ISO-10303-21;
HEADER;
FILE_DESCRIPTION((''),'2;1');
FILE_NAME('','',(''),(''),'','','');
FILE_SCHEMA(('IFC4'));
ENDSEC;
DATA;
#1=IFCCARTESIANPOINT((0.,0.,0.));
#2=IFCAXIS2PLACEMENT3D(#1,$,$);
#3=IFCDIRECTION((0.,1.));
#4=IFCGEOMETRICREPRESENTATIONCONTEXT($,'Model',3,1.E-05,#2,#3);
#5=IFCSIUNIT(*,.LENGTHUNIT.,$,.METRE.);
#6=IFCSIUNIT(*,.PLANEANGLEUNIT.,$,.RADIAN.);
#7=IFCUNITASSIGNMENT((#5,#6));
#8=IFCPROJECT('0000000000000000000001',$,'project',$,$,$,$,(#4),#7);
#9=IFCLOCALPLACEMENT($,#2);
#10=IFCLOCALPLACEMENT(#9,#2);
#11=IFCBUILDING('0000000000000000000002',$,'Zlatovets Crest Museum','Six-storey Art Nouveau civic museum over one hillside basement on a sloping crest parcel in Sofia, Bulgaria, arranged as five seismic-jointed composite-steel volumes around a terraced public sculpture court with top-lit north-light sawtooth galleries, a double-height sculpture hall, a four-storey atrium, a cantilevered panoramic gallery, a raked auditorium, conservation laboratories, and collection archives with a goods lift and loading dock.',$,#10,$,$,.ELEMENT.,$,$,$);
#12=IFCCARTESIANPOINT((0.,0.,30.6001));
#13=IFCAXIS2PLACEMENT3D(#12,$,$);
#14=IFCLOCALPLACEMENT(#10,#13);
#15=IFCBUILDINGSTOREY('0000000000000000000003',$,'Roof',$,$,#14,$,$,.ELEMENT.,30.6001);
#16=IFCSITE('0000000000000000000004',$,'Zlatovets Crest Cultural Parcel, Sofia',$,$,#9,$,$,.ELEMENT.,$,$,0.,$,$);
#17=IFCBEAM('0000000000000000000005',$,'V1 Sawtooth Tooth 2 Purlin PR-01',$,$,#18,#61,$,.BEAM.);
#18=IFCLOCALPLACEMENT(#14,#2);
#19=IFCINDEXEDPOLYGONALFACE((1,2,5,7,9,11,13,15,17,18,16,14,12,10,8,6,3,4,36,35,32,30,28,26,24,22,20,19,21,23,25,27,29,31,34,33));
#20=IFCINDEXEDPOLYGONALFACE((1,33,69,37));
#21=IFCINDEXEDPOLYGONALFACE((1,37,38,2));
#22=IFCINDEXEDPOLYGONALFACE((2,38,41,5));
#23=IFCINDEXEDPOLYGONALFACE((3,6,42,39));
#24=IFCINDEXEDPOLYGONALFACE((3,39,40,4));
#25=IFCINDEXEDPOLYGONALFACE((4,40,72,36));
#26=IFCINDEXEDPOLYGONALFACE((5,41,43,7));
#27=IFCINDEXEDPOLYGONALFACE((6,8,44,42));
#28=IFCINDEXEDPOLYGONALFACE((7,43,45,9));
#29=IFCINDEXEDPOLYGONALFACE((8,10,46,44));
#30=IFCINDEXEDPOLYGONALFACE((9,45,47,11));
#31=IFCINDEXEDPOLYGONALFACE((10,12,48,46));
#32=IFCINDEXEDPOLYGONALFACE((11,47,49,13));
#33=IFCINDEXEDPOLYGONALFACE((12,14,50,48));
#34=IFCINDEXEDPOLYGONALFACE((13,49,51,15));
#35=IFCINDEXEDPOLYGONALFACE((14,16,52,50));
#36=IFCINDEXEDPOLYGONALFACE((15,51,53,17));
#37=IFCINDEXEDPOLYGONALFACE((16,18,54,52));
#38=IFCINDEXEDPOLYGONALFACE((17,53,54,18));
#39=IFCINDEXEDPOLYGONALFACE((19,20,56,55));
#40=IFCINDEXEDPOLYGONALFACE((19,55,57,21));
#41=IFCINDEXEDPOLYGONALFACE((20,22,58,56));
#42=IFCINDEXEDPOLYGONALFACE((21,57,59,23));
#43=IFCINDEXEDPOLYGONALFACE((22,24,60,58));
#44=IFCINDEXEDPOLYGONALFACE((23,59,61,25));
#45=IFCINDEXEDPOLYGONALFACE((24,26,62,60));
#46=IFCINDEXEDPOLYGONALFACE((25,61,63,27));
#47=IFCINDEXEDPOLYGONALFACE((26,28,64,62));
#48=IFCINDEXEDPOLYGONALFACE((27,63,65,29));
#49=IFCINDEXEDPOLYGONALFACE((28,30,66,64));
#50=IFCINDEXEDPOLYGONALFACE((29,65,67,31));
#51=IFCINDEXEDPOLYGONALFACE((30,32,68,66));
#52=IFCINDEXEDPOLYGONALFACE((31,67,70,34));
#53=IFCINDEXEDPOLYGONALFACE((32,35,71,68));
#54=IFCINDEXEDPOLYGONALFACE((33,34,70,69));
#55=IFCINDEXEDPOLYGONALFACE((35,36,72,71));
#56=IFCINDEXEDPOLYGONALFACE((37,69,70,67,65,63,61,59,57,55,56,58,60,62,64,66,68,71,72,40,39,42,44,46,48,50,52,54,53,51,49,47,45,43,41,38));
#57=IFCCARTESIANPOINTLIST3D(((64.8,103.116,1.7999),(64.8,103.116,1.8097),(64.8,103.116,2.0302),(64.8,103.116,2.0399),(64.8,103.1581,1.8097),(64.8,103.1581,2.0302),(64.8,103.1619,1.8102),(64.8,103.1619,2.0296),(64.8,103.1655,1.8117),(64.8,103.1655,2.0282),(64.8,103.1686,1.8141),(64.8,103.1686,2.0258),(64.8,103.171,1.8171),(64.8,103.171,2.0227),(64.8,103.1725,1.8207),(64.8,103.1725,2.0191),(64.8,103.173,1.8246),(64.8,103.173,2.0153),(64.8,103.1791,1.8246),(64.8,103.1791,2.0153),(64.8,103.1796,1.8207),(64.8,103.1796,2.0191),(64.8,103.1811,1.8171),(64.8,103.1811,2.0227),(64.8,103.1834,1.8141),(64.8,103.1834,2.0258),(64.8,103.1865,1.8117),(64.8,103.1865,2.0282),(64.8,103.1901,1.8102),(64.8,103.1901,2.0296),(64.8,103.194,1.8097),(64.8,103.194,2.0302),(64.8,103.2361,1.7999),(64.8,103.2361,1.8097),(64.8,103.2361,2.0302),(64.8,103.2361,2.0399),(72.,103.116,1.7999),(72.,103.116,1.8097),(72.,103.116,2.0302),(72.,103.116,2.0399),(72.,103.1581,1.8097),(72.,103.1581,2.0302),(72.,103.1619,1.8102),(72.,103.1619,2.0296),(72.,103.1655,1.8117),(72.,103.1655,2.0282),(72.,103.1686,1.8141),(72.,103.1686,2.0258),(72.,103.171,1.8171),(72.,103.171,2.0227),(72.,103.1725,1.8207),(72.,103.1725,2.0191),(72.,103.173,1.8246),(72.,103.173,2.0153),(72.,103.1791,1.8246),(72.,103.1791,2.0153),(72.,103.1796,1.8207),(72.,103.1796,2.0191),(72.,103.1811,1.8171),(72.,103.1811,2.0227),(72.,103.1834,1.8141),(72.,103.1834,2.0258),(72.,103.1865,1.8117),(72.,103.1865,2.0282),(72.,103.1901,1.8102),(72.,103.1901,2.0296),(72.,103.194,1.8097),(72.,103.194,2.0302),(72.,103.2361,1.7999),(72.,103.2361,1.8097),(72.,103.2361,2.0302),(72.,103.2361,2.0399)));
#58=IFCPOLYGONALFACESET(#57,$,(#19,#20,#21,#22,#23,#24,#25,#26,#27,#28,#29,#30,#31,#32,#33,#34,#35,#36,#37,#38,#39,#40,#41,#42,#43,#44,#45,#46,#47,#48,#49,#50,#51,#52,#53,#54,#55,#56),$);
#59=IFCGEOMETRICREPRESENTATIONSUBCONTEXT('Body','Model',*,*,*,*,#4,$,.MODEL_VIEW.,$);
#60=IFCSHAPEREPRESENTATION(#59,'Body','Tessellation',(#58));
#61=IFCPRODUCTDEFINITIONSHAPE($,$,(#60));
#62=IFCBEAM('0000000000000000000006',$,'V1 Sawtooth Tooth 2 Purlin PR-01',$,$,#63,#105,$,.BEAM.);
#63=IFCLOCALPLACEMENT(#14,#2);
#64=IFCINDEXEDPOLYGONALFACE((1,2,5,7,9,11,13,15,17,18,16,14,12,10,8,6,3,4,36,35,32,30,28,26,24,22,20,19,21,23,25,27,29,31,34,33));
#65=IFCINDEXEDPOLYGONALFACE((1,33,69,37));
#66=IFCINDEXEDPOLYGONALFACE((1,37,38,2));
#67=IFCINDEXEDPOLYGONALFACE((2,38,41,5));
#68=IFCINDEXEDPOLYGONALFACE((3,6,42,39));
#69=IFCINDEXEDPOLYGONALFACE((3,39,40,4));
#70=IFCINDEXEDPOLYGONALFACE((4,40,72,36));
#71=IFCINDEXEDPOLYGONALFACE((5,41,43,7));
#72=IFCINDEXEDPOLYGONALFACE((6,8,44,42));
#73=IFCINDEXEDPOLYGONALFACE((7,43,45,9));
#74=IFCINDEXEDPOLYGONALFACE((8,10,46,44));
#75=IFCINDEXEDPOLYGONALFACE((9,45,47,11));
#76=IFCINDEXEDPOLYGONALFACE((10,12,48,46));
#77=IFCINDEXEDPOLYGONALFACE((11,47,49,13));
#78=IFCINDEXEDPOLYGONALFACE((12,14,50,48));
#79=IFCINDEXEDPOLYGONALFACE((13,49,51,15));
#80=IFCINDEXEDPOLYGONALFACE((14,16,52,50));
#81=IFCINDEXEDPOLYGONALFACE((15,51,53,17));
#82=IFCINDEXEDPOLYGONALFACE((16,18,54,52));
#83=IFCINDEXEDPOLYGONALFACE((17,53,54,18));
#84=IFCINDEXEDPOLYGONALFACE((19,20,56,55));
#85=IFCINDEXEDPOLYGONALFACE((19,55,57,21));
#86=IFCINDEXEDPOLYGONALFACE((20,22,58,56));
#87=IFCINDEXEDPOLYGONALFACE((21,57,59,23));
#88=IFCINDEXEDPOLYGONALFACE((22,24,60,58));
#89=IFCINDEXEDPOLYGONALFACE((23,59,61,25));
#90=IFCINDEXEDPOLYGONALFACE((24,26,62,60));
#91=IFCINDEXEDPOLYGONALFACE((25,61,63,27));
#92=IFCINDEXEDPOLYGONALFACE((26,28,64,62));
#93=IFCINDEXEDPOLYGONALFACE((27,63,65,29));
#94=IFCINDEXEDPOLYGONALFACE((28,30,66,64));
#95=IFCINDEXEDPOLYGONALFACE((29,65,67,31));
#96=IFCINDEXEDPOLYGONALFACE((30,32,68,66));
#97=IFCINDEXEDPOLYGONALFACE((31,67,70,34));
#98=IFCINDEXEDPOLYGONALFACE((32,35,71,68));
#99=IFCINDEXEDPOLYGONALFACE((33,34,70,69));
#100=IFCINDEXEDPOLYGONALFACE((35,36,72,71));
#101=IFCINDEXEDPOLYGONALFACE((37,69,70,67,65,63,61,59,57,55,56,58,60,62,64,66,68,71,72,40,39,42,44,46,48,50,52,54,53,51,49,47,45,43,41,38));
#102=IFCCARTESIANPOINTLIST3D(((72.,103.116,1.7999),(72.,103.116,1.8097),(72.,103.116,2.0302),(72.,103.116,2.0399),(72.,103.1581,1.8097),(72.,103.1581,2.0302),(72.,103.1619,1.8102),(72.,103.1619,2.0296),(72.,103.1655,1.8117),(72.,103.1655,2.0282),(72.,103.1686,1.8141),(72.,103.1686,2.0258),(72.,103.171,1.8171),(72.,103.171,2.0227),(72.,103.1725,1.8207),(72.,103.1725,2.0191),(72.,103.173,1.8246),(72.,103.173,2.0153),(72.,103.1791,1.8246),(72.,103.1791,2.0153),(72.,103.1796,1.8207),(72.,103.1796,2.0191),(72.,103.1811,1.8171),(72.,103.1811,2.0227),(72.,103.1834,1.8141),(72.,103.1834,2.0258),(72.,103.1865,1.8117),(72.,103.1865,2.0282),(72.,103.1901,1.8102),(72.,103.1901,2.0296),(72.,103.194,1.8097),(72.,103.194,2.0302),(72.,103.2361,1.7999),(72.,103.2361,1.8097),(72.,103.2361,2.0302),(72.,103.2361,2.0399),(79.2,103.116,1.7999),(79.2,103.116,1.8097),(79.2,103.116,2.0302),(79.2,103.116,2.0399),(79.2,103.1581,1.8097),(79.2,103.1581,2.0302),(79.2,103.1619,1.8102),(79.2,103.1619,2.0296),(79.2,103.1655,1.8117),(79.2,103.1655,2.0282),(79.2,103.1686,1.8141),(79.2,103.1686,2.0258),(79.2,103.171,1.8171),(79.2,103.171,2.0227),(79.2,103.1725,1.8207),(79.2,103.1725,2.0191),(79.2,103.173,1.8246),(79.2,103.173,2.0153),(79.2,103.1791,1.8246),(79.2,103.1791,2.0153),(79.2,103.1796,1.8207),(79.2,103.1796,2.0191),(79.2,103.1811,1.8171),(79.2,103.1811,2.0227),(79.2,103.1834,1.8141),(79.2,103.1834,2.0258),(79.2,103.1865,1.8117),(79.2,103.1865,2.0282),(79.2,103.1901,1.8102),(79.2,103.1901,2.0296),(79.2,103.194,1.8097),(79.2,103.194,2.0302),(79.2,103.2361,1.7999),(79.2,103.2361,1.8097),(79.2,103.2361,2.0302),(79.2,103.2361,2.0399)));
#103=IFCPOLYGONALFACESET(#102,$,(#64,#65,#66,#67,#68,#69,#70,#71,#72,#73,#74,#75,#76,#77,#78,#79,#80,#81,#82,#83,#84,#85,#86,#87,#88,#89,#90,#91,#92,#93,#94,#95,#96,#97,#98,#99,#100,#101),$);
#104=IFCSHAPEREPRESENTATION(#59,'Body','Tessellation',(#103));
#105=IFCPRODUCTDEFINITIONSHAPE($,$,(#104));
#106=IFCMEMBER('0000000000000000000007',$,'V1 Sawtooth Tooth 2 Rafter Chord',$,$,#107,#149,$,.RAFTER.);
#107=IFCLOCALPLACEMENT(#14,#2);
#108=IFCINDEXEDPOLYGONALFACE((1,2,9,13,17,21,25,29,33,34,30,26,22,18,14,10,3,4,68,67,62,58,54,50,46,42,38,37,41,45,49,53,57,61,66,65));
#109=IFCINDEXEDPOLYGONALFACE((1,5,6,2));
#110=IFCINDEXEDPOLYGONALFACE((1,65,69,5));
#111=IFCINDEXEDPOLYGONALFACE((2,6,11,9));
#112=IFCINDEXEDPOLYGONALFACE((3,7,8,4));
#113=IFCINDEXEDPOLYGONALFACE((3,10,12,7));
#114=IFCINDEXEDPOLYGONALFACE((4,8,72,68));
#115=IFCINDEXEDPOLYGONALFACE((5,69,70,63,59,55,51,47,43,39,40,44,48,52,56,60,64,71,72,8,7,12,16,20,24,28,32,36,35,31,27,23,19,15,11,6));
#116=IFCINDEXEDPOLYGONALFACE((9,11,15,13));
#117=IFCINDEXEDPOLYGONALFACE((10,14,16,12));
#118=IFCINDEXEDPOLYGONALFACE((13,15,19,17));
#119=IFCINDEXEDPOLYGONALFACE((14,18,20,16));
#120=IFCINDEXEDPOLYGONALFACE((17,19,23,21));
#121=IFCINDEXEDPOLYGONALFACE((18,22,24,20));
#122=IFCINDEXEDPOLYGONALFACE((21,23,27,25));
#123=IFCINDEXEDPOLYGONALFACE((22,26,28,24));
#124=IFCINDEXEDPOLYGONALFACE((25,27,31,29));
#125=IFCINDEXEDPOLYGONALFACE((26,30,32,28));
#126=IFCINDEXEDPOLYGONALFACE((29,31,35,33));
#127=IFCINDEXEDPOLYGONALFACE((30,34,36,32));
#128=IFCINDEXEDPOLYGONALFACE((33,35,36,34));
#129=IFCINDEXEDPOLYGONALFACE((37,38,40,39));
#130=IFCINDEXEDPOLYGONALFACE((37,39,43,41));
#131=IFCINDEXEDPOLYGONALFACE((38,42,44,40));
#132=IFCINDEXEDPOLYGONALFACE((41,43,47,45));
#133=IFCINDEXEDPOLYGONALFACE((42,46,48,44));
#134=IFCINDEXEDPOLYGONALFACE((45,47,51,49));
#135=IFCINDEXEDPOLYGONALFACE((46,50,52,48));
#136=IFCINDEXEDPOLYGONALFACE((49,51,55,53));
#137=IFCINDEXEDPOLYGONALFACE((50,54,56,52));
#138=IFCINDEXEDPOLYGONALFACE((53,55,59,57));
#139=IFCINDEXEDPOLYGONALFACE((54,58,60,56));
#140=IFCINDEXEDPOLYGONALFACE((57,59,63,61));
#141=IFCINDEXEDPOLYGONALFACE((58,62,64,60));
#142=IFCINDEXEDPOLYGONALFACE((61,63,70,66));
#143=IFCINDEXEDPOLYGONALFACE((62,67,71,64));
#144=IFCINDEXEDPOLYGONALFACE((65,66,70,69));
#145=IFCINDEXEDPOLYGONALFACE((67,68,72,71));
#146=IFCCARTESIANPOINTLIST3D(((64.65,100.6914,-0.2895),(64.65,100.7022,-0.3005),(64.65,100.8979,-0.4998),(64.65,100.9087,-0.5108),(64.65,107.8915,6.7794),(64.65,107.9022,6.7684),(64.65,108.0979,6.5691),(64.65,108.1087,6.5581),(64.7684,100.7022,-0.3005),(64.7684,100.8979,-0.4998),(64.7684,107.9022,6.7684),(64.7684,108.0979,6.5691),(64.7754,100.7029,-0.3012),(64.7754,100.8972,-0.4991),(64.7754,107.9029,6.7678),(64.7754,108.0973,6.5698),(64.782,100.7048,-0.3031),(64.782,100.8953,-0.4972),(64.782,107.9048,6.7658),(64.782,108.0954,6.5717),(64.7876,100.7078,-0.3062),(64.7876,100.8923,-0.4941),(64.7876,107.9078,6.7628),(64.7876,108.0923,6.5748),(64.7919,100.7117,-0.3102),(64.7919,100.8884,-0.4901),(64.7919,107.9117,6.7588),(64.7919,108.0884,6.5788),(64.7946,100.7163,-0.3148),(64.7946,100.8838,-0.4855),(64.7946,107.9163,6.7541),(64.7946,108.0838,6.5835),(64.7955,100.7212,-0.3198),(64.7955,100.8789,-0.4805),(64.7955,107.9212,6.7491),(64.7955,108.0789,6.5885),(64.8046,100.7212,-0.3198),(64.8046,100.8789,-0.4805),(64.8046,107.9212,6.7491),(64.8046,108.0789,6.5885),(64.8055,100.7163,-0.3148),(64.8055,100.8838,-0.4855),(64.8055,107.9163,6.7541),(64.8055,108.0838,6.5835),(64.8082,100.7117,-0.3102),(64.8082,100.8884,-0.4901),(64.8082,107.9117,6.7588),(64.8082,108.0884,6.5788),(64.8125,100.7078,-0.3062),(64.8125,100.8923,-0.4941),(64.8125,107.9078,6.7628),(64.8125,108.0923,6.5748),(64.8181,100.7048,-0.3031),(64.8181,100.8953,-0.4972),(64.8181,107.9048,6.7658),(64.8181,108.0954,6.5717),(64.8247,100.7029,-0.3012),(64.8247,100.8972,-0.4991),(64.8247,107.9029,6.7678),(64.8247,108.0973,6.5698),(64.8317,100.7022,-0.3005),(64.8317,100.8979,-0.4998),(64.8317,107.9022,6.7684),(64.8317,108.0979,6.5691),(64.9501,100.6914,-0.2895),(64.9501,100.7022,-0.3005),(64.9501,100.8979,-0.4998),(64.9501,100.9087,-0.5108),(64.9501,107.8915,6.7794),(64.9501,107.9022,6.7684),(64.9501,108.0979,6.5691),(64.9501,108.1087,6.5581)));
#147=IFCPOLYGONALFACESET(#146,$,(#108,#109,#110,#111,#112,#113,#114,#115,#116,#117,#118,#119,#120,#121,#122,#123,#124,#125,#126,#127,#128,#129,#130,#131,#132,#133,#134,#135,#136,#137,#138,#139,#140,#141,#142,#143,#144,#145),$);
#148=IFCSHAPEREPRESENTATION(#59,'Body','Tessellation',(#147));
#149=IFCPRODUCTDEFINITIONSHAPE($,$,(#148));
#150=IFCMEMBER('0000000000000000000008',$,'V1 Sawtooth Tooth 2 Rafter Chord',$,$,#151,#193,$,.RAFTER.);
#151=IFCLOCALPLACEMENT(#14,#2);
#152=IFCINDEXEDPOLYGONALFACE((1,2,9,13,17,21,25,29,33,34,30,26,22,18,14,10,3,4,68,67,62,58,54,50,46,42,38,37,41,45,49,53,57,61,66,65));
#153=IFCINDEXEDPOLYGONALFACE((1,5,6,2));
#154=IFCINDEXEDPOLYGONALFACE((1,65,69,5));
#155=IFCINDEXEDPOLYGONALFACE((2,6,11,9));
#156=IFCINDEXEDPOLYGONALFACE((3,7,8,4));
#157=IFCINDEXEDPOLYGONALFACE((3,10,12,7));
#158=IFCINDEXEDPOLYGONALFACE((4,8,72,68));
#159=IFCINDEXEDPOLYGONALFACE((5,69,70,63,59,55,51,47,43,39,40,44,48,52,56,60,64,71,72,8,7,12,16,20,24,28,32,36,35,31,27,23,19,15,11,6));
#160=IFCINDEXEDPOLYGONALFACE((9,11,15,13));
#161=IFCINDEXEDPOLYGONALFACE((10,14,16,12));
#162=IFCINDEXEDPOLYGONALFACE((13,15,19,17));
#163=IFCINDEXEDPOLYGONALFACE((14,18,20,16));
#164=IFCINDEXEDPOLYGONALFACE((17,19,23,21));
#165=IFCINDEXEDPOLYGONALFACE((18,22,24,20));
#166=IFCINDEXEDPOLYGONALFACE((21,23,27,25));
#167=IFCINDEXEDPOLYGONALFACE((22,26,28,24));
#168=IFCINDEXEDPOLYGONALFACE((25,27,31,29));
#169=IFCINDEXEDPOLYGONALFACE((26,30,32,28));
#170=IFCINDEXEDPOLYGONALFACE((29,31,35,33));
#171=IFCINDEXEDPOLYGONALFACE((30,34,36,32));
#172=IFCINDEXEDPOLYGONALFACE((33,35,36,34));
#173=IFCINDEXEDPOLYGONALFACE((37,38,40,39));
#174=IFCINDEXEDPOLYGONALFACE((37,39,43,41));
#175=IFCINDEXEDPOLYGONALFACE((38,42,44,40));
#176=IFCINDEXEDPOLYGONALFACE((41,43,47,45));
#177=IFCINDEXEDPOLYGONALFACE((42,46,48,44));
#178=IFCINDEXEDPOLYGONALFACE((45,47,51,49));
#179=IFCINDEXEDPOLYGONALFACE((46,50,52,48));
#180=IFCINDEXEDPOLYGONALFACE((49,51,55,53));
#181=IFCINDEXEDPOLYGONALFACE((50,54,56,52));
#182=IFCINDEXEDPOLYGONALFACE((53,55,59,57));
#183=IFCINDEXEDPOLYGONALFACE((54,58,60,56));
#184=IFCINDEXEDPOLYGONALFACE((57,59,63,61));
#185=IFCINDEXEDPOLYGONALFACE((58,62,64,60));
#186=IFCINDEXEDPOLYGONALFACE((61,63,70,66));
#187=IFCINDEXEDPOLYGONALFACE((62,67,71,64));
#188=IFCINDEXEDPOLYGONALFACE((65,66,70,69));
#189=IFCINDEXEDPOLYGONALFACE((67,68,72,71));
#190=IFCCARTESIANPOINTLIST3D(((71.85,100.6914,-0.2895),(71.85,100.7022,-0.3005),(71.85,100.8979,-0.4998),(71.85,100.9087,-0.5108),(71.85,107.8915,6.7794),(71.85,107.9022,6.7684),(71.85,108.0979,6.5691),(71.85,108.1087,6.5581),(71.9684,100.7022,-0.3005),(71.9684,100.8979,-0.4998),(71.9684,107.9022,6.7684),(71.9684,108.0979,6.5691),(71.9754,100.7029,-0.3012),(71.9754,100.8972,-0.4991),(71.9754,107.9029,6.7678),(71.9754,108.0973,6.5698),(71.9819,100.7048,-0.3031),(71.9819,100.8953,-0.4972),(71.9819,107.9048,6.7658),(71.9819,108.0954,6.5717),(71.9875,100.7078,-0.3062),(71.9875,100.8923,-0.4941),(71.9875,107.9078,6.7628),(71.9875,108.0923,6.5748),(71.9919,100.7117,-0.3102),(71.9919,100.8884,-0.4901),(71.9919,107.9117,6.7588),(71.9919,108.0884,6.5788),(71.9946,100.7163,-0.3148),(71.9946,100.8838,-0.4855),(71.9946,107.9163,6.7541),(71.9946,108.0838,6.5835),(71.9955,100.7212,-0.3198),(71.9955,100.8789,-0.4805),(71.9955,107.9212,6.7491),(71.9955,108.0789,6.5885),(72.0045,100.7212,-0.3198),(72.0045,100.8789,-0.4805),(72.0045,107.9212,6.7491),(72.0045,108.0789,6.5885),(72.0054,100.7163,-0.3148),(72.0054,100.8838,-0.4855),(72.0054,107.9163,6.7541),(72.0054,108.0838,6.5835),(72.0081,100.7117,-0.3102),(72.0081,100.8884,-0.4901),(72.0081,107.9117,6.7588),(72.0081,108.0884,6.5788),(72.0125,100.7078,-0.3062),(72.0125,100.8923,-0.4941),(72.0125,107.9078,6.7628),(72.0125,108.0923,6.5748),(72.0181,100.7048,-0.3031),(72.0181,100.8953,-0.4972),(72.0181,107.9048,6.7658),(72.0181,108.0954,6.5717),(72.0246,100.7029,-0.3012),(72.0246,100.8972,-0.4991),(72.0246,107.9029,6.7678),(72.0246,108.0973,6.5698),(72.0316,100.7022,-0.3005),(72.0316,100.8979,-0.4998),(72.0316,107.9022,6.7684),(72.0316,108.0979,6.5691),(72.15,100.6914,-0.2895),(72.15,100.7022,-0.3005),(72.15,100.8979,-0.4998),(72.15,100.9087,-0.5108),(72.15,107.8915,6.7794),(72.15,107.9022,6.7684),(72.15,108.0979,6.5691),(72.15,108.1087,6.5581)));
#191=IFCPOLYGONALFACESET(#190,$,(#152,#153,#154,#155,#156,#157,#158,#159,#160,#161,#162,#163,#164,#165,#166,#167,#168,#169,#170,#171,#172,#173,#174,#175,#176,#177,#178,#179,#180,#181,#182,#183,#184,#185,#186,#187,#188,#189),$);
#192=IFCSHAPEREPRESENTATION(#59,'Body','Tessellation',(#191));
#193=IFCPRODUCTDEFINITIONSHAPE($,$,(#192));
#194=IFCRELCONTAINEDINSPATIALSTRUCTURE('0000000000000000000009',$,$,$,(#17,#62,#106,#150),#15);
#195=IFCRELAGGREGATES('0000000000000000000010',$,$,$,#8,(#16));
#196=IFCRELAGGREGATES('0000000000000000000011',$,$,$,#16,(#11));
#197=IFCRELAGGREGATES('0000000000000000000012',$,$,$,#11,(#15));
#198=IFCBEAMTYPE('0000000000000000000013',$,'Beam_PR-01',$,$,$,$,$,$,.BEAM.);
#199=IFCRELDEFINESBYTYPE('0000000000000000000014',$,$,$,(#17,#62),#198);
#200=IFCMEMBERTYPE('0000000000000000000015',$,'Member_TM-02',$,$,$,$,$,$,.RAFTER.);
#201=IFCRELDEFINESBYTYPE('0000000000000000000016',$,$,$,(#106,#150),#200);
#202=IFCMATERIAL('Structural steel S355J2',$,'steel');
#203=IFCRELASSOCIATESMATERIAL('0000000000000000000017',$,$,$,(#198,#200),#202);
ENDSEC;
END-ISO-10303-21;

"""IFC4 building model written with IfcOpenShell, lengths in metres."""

from ifc_helpers import new_model, si_unit, direction, frame, origin, origin_2d, place, context, subcontext, project, spatial, i_section, extrude, material, material_profile, profile_set, type_object, element, save


model = new_model("IFC4")

# Units and contexts
model_context = context("Model", 3, precision=1e-05, world=origin(), true_north=direction((0.0, 1.0)))
body_context = subcontext(model_context, "Body", "Model", "MODEL_VIEW")
ifc_project = project(units=[si_unit("LENGTHUNIT", "METRE"), si_unit("PLANEANGLEUNIT", "RADIAN")], contexts=[model_context])

# Site, building, storey
site_placement = place(None, origin())
site = spatial("IfcSite", under=ifc_project, at=site_placement, Name="Zlatovets Crest Cultural Parcel, Sofia", CompositionType="ELEMENT", RefElevation=0.0)
building_placement = place(site_placement, origin())
building = spatial("IfcBuilding", under=site, at=building_placement, Name="Zlatovets Crest Museum", Description="Six-storey Art Nouveau civic museum over one hillside basement on a sloping crest parcel in Sofia, Bulgaria, arranged as five seismic-jointed composite-steel volumes around a terraced public sculpture court with top-lit north-light sawtooth galleries, a double-height sculpture hall, a four-storey atrium, a cantilevered panoramic gallery, a raked auditorium, conservation laboratories, and collection archives with a goods lift and loading dock.", CompositionType="ELEMENT")
storey_placement = place(building_placement, frame((0.0, 0.0, 30.6001)))
storey = spatial("IfcBuildingStorey", under=building, at=storey_placement, Name="Roof", CompositionType="ELEMENT", Elevation=30.6001)

# Beams
ifc_material_1 = material(Name="Structural steel S355J2", Category="steel")
ifc_material_profile_1 = material_profile(ifc_material_1, i_section(OverallWidth=0.1201, OverallDepth=0.24, WebThickness=0.0061, FlangeThickness=0.0098, FilletRadius=0.0149, at=origin_2d()), Name="IPE 240")
ifc_profile_set_1 = profile_set([ifc_material_profile_1], Name="Structural steel S355J2")
beam_type_1 = type_object("IfcBeamType", Name="Beam_PR-01", PredefinedType="BEAM", material=ifc_profile_set_1)
for number, where, z_axis, x_axis, name in (
    (1, (64.8, 103.176, 1.9199), (1.0, 0.0, 0.0), (0.0, 1.0, 0.0), "V1 Sawtooth Tooth 2 Purlin PR-01"),
    (2, (72.0, 103.176, 1.9199), (1.0, 0.0, 0.0), (0.0, 1.0, 0.0), "V1 Sawtooth Tooth 2 Purlin PR-01"),
):
    element("IfcBeam", number, at=place(storey_placement, frame(where, z_axis=z_axis, x_axis=x_axis)), inside=storey, type_object=beam_type_1, Name=name, PredefinedType="BEAM", context=body_context, shape_type="SweptSolid", body=[
        extrude(i_section(OverallWidth=0.1201, OverallDepth=0.24, WebThickness=0.0061, FlangeThickness=0.0098, FilletRadius=0.0149, at=origin_2d()), origin(), (0.0, 0.0, 1.0), 7.2),
    ])

# Members
ifc_material_profile_2 = material_profile(ifc_material_1, i_section(OverallWidth=0.3, OverallDepth=0.3101, WebThickness=0.009, FlangeThickness=0.0154, FilletRadius=0.0271, at=origin_2d()), Name="HEA 320")
ifc_profile_set_2 = profile_set([ifc_material_profile_2], Name="Structural steel S355J2")
member_type_1 = type_object("IfcMemberType", Name="Member_TM-02", PredefinedType="RAFTER", material=ifc_profile_set_2)
for number, where, z_axis, x_axis, name in (
    (3, (64.8, 100.8, -0.4001), (0.0, 0.713574, 0.70058), (-1.0, 0.0, 0.0), "V1 Sawtooth Tooth 2 Rafter Chord"),
    (4, (72.0, 100.8, -0.4001), (0.0, 0.713574, 0.70058), (-1.0, 0.0, 0.0), "V1 Sawtooth Tooth 2 Rafter Chord"),
):
    element("IfcMember", number, at=place(storey_placement, frame(where, z_axis=z_axis, x_axis=x_axis)), inside=storey, type_object=member_type_1, Name=name, PredefinedType="RAFTER", context=body_context, shape_type="SweptSolid", body=[
        extrude(i_section(OverallWidth=0.3, OverallDepth=0.3101, WebThickness=0.009, FlangeThickness=0.0154, FilletRadius=0.0271, at=origin_2d()), origin(), (0.0, 0.0, 1.0), 10.0901),
    ])

save(model, "model.ifc")
